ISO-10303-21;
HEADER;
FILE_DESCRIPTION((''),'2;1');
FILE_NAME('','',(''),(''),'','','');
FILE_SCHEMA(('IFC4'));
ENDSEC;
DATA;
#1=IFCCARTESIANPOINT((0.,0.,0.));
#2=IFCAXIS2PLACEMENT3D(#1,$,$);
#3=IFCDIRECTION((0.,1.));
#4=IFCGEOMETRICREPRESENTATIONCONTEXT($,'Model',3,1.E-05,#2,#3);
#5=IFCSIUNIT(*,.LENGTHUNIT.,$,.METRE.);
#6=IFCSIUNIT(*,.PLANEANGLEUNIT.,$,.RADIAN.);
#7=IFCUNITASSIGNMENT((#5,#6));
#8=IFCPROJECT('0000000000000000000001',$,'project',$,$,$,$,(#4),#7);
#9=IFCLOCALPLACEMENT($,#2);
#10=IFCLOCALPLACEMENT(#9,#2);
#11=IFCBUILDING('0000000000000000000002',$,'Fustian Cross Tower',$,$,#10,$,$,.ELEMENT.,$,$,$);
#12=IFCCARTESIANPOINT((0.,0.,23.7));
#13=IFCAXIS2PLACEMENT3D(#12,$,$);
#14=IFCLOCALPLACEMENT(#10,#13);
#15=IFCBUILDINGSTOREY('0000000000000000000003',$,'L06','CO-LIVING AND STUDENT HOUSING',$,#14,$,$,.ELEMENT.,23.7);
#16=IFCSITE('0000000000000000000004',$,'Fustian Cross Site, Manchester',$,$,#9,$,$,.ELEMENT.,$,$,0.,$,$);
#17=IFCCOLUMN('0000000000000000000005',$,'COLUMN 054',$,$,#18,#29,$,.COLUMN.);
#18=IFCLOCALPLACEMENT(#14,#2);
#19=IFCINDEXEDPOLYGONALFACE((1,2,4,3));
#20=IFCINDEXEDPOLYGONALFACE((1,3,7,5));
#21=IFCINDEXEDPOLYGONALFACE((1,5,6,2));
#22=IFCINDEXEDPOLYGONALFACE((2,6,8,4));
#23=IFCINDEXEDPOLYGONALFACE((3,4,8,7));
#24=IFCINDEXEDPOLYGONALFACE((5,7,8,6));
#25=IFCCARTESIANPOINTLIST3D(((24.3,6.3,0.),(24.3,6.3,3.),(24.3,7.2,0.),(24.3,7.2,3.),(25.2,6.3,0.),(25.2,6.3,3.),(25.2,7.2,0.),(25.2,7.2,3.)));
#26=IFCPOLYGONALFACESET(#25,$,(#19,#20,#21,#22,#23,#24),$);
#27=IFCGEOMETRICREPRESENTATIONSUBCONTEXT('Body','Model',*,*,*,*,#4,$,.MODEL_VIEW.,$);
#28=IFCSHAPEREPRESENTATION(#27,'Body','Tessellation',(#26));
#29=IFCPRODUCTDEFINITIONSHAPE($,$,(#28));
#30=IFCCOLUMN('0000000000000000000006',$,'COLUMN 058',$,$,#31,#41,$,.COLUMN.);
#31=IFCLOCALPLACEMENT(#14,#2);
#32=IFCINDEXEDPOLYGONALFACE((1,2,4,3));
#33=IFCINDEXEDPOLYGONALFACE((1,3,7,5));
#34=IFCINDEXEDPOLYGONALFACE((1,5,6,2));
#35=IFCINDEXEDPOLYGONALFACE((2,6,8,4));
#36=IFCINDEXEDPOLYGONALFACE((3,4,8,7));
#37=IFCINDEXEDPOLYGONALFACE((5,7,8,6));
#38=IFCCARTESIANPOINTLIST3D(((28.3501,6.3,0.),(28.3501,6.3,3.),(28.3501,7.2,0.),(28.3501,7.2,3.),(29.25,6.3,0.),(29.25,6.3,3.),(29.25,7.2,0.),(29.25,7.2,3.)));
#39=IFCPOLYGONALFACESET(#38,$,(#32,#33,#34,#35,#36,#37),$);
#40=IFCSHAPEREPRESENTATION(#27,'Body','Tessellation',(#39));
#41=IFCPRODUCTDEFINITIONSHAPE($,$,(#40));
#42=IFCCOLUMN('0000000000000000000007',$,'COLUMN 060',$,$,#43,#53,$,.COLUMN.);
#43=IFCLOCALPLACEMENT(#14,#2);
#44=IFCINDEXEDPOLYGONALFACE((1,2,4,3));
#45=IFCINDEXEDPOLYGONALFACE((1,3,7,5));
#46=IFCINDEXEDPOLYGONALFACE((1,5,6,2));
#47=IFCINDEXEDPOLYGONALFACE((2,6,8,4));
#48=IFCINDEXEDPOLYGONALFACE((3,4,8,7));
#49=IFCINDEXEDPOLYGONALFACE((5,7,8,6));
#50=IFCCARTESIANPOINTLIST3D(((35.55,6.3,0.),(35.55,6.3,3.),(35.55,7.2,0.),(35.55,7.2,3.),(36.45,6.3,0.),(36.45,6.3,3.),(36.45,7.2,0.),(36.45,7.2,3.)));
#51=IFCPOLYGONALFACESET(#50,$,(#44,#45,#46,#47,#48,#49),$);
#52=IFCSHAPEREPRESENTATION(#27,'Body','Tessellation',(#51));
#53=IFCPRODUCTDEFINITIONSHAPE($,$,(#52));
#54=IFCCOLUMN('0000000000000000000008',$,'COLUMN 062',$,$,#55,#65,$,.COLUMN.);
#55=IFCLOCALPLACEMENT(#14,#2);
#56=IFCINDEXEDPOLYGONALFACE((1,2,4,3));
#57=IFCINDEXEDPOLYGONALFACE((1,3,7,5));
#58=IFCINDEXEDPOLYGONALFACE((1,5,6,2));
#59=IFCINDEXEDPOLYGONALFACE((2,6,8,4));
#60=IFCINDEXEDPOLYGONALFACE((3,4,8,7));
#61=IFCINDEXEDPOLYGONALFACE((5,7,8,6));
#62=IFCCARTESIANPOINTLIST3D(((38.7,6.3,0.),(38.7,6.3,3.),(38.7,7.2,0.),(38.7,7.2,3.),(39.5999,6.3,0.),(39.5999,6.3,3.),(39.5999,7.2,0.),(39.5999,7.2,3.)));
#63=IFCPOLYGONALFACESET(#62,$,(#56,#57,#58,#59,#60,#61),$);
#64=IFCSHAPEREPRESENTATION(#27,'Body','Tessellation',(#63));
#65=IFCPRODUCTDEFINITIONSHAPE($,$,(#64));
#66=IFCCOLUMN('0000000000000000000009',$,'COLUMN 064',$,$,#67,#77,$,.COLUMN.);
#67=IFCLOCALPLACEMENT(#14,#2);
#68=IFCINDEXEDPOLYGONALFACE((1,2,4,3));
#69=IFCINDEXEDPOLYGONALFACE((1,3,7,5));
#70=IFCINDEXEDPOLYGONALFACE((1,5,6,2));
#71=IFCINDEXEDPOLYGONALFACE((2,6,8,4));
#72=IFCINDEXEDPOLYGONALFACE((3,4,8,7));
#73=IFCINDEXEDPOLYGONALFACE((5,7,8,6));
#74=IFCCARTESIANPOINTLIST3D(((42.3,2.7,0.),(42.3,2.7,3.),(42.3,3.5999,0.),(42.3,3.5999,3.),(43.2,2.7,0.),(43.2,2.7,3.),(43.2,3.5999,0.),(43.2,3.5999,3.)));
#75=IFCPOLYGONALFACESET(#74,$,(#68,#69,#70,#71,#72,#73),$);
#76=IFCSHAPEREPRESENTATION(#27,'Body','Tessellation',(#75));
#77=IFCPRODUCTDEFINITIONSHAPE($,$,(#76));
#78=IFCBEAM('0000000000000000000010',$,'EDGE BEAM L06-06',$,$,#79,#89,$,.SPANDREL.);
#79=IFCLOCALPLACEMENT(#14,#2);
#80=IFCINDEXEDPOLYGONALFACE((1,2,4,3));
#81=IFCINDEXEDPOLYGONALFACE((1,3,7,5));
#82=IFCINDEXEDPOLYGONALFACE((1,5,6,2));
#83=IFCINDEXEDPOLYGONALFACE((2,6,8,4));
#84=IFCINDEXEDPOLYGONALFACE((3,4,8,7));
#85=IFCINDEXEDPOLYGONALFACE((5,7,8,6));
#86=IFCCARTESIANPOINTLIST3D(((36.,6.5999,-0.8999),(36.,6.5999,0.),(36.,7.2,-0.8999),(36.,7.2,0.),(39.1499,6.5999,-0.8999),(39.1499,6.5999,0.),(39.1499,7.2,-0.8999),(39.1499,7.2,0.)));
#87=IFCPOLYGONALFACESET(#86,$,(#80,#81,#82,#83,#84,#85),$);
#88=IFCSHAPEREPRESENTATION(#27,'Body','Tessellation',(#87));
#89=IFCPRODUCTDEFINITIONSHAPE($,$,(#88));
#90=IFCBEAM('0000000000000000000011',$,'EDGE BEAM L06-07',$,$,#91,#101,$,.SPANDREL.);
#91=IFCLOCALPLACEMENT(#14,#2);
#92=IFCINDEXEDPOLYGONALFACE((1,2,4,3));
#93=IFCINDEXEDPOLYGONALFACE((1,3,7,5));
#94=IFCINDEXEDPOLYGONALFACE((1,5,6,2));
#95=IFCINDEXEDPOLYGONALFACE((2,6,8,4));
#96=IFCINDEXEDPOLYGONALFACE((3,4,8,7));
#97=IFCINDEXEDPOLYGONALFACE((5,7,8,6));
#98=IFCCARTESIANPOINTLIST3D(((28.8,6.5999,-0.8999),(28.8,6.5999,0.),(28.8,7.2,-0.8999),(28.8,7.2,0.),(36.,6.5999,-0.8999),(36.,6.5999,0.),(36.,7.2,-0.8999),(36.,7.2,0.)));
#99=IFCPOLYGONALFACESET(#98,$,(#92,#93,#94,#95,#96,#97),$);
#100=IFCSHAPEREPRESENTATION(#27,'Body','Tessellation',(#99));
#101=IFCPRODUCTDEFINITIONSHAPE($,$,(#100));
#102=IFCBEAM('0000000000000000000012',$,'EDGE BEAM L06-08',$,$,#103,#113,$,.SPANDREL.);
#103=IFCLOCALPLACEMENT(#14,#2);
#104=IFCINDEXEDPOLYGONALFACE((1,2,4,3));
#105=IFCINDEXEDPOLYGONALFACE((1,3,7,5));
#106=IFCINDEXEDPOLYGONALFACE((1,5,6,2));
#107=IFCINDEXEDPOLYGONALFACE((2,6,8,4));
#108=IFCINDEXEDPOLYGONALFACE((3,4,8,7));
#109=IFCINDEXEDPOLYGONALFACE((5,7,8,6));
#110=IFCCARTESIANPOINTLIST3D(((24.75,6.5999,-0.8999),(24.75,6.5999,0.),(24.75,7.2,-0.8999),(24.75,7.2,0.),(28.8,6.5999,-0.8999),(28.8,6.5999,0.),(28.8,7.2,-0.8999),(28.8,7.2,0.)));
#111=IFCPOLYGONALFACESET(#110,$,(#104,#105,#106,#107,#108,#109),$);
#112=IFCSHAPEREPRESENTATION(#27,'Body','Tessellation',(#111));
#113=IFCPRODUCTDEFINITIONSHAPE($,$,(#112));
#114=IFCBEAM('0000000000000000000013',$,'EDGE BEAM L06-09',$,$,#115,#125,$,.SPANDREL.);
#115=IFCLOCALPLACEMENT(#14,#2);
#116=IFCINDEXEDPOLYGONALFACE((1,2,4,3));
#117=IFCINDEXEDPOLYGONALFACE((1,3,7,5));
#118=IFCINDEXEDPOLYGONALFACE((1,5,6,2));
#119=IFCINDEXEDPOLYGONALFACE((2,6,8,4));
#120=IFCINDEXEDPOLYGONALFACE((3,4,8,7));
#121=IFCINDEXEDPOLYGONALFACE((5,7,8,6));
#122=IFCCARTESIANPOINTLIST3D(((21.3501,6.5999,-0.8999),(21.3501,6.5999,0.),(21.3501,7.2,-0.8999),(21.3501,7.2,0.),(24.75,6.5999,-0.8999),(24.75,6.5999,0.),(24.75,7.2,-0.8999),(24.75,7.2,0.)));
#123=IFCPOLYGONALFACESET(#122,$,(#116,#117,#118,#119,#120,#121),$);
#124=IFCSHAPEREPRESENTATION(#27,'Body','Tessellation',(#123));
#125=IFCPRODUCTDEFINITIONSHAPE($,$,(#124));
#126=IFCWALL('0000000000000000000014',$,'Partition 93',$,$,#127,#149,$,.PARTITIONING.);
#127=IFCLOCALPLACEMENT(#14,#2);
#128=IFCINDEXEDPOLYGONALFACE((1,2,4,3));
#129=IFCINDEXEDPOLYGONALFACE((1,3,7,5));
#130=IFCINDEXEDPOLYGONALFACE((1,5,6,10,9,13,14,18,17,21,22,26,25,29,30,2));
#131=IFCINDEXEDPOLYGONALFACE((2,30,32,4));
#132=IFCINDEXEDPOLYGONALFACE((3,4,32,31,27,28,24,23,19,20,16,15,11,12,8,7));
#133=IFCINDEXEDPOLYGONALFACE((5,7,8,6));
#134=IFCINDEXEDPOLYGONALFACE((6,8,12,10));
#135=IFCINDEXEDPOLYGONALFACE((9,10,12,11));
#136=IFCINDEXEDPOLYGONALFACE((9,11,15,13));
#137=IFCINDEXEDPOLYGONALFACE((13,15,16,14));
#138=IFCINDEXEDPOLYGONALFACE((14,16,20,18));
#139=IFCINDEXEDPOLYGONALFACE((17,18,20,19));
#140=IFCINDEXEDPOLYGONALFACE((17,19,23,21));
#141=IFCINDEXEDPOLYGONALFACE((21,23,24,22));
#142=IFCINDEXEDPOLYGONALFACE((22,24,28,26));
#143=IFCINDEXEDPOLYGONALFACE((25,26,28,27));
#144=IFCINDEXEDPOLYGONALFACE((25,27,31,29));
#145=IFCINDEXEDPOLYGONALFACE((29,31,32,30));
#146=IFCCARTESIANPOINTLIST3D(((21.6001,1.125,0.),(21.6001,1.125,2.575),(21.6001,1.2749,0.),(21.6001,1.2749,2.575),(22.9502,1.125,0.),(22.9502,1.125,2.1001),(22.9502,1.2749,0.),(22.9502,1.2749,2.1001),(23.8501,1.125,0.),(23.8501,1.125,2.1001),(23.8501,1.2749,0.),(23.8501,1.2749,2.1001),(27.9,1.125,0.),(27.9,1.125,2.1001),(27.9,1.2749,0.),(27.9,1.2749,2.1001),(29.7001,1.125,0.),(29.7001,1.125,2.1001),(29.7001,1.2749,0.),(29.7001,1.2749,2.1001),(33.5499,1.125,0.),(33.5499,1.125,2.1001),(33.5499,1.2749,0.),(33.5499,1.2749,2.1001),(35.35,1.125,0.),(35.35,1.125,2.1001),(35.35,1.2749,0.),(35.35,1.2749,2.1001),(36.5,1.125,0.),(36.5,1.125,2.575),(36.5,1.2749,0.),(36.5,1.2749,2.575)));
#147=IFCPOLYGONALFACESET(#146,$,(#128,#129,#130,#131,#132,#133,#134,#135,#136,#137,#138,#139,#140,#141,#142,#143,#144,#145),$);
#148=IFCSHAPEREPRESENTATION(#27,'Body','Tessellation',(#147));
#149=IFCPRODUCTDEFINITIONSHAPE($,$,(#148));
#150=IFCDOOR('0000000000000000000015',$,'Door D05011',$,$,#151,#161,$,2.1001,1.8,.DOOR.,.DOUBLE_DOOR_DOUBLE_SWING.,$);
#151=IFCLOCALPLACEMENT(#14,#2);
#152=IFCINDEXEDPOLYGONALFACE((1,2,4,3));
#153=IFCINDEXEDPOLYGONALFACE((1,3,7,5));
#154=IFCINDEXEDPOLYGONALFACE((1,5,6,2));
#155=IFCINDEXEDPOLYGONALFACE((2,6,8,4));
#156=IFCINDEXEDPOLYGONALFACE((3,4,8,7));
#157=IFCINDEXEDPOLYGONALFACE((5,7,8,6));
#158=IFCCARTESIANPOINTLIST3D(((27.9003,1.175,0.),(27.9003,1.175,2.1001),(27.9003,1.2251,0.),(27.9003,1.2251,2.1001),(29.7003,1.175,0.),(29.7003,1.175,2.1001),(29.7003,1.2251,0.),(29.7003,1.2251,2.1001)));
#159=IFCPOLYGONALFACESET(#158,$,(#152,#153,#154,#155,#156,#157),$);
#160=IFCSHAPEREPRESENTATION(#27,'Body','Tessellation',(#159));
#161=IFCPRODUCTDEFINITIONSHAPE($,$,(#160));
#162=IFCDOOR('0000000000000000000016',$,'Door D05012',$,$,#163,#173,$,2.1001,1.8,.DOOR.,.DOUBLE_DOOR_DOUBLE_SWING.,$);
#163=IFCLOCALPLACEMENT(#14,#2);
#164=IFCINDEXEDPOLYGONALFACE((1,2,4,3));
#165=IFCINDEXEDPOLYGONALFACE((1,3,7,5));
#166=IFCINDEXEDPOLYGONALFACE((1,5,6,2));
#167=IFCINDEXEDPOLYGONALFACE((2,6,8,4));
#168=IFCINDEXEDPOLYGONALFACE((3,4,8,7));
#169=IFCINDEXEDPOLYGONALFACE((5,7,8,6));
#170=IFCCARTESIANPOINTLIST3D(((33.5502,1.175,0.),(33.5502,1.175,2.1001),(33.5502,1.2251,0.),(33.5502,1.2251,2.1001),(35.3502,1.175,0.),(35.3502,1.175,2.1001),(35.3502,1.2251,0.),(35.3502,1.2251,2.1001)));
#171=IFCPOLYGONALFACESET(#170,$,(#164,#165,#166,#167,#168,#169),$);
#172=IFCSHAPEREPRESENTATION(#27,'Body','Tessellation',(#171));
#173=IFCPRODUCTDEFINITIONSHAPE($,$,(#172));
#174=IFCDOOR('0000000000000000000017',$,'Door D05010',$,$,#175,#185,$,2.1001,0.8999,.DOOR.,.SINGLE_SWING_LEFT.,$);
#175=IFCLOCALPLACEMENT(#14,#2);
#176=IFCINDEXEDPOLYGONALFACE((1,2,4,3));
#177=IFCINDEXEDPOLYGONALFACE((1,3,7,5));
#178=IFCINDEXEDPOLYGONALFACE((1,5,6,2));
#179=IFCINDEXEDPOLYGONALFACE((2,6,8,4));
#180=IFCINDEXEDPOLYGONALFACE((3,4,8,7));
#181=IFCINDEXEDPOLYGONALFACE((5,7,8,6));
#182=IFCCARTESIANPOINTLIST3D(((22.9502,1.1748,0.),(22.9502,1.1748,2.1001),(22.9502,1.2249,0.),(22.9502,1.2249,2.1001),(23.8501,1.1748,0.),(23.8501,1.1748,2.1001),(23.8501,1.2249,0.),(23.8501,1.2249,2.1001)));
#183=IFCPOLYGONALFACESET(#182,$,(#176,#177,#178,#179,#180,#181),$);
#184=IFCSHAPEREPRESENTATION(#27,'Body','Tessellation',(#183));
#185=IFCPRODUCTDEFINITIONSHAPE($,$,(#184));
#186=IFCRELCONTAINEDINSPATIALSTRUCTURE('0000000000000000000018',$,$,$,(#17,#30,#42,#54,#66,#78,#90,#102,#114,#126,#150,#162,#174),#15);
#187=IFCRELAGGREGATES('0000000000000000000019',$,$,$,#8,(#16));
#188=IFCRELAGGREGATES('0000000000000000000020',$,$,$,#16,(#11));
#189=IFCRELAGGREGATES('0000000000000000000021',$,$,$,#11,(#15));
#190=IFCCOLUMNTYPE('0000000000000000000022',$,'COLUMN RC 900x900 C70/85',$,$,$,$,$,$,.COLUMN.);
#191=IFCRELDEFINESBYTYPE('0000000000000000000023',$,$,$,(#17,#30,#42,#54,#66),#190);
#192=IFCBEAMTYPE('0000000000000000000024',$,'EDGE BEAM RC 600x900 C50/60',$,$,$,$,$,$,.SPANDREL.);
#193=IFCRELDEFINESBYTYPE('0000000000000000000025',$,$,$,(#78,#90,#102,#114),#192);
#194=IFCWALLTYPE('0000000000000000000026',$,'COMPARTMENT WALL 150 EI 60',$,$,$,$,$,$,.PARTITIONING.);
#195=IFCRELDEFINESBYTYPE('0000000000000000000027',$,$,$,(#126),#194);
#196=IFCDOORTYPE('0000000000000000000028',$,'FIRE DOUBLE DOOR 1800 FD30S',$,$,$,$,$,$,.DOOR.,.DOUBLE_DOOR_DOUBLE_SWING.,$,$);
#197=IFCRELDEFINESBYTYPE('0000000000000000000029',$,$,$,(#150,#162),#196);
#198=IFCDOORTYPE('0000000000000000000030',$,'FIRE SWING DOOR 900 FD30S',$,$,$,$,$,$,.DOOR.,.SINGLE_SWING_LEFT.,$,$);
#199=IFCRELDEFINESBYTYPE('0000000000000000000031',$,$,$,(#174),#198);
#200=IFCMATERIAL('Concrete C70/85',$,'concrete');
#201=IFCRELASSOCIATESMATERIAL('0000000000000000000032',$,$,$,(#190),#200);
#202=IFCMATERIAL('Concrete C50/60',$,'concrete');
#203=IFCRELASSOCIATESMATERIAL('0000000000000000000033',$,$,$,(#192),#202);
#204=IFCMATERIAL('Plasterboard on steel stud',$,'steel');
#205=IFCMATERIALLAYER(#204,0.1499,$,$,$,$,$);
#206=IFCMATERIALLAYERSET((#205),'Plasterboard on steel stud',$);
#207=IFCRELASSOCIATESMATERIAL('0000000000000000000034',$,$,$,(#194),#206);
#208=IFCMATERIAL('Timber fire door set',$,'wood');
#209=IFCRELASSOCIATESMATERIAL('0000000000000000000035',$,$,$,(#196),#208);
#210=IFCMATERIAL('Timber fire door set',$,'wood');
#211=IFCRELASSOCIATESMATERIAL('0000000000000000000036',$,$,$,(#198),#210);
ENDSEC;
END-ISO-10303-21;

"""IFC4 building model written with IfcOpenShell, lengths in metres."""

from ifc_helpers import new_model, si_unit, direction, frame, frame_2d, origin, origin_2d, place, context, subcontext, project, spatial, rectangle, extrude, material, layer, layer_set, material_profile, profile_set, type_object, element, fill, save


model = new_model("IFC4")

# Units and contexts
model_context = context("Model", 3, precision=1e-05, world=origin(), true_north=direction((0.0, 1.0)))
body_context = subcontext(model_context, "Body", "Model", "MODEL_VIEW")
ifc_project = project(units=[si_unit("LENGTHUNIT", "METRE"), si_unit("PLANEANGLEUNIT", "RADIAN")], contexts=[model_context])

# Site, building, storey
site_placement = place(None, origin())
site = spatial("IfcSite", under=ifc_project, at=site_placement, Name="Fustian Cross Site, Manchester", CompositionType="ELEMENT", RefElevation=0.0)
building_placement = place(site_placement, origin())
building = spatial("IfcBuilding", under=site, at=building_placement, Name="Fustian Cross Tower", CompositionType="ELEMENT")
storey_placement = place(building_placement, frame((0.0, 0.0, 23.7)))
storey = spatial("IfcBuildingStorey", under=building, at=storey_placement, Name="L06", Description="CO-LIVING AND STUDENT HOUSING", CompositionType="ELEMENT", Elevation=23.7)

# Columns
ifc_material_1 = material(Name="Concrete C70/85", Category="concrete")
ifc_material_profile_1 = material_profile(ifc_material_1, rectangle(XDim=0.8999, YDim=0.8999, at=origin_2d()), Name="RC 900x900")
ifc_profile_set_1 = profile_set([ifc_material_profile_1], Name="Concrete C70/85")
column_type = type_object("IfcColumnType", Name="COLUMN RC 900x900 C70/85", PredefinedType="COLUMN", material=ifc_profile_set_1)
for number, where, z_axis, x_axis, name in (
    (1, (24.75, 6.75, 0.0), (0.0, 0.0, 1.0), (1.0, 0.0, 0.0), "COLUMN 054"),
    (2, (28.8, 6.75, 0.0), (0.0, 0.0, 1.0), (1.0, 0.0, 0.0), "COLUMN 058"),
    (3, (36.0, 6.75, 0.0), (0.0, 0.0, 1.0), (1.0, 0.0, 0.0), "COLUMN 060"),
    (4, (39.1499, 6.75, 0.0), (0.0, 0.0, 1.0), (1.0, 0.0, 0.0), "COLUMN 062"),
    (5, (42.75, 3.1499, 0.0), (0.0, 0.0, 1.0), (1.0, 0.0, 0.0), "COLUMN 064"),
):
    element("IfcColumn", number, at=place(storey_placement, frame(where, z_axis=z_axis, x_axis=x_axis)), inside=storey, type_object=column_type, Name=name, PredefinedType="COLUMN", context=body_context, shape_type="SweptSolid", body=[
        extrude(rectangle(XDim=0.8999, YDim=0.8999, at=origin_2d()), origin(), (0.0, 0.0, 1.0), 3.0),
    ])

# Beams
ifc_material_2 = material(Name="Concrete C50/60", Category="concrete")
ifc_material_profile_2 = material_profile(ifc_material_2, rectangle(XDim=0.6001, YDim=0.8999, at=origin_2d()), Name="RC 600x900")
ifc_profile_set_2 = profile_set([ifc_material_profile_2], Name="Concrete C50/60")
beam_type = type_object("IfcBeamType", Name="EDGE BEAM RC 600x900 C50/60", PredefinedType="SPANDREL", material=ifc_profile_set_2)
beam_1_placement = place(storey_placement, frame((39.1499, 6.8999, -0.45), z_axis=(-1.0, 0.0, 0.0), x_axis=(0.0, -1.0, 0.0)))
element("IfcBeam", 6, at=beam_1_placement, inside=storey, type_object=beam_type, Name="EDGE BEAM L06-06", PredefinedType="SPANDREL", context=body_context, shape_type="SweptSolid", body=[
    extrude(rectangle(XDim=0.6001, YDim=0.8999, at=origin_2d()), origin(), (0.0, 0.0, 1.0), 3.1499),
])
beam_2_placement = place(storey_placement, frame((36.0, 6.8999, -0.45), z_axis=(-1.0, 0.0, 0.0), x_axis=(0.0, -1.0, 0.0)))
element("IfcBeam", 7, at=beam_2_placement, inside=storey, type_object=beam_type, Name="EDGE BEAM L06-07", PredefinedType="SPANDREL", context=body_context, shape_type="SweptSolid", body=[
    extrude(rectangle(XDim=0.6001, YDim=0.8999, at=origin_2d()), origin(), (0.0, 0.0, 1.0), 7.2),
])
beam_3_placement = place(storey_placement, frame((28.8, 6.8999, -0.45), z_axis=(-1.0, 0.0, 0.0), x_axis=(0.0, -1.0, 0.0)))
element("IfcBeam", 8, at=beam_3_placement, inside=storey, type_object=beam_type, Name="EDGE BEAM L06-08", PredefinedType="SPANDREL", context=body_context, shape_type="SweptSolid", body=[
    extrude(rectangle(XDim=0.6001, YDim=0.8999, at=origin_2d()), origin(), (0.0, 0.0, 1.0), 4.05),
])
beam_4_placement = place(storey_placement, frame((24.75, 6.8999, -0.45), z_axis=(-1.0, 0.0, 0.0), x_axis=(0.0, -1.0, 0.0)))
element("IfcBeam", 9, at=beam_4_placement, inside=storey, type_object=beam_type, Name="EDGE BEAM L06-09", PredefinedType="SPANDREL", context=body_context, shape_type="SweptSolid", body=[
    extrude(rectangle(XDim=0.6001, YDim=0.8999, at=origin_2d()), origin(), (0.0, 0.0, 1.0), 3.3999),
])

# Wall, openings, doors
ifc_material_3 = material(Name="Plasterboard on steel stud", Category="steel")
ifc_layer_1 = layer(ifc_material_3, 0.1499)
ifc_layer_set_1 = layer_set([ifc_layer_1], Name="Plasterboard on steel stud")
wall_type_1 = type_object("IfcWallType", Name="COMPARTMENT WALL 150 EI 60", PredefinedType="PARTITIONING", material=ifc_layer_set_1)
wall_1_placement = place(storey_placement, frame((21.6001, 1.2, 0.0), z_axis=(0.0, 0.0, 1.0), x_axis=(1.0, 0.0, 0.0)))
wall_1 = element("IfcWall", 10, at=wall_1_placement, inside=storey, type_object=wall_type_1, Name="Partition 93", PredefinedType="PARTITIONING", context=body_context, shape_type="SweptSolid", body=[
    extrude(rectangle(XDim=14.8999, YDim=0.1499, at=frame_2d((7.45, 0.0))), origin(), (0.0, 0.0, 1.0), 2.575),
])
opening_1_placement = place(wall_1_placement, frame((1.3501, 0.0, 0.0)))
opening_1 = element("IfcOpeningElement", 11, at=opening_1_placement, cuts=wall_1, PredefinedType="OPENING", context=body_context, shape_type="SweptSolid", body=[
    extrude(rectangle(XDim=0.8999, YDim=2.1001, at=frame_2d((0.45, 1.05))), frame((0.0, 0.085, 0.0), z_axis=(0.0, -1.0, 0.0), x_axis=(1.0, 0.0, 0.0)), (0.0, 0.0, 1.0), 0.1699),
])
opening_2_placement = place(wall_1_placement, frame((6.3, 0.0, 0.0)))
opening_2 = element("IfcOpeningElement", 12, at=opening_2_placement, cuts=wall_1, PredefinedType="OPENING", context=body_context, shape_type="SweptSolid", body=[
    extrude(rectangle(XDim=1.8, YDim=2.1001, at=frame_2d((0.8999, 1.05))), frame((0.0, 0.085, 0.0), z_axis=(0.0, -1.0, 0.0), x_axis=(1.0, 0.0, 0.0)), (0.0, 0.0, 1.0), 0.1699),
])
opening_3_placement = place(wall_1_placement, frame((11.95, 0.0, 0.0)))
opening_3 = element("IfcOpeningElement", 13, at=opening_3_placement, cuts=wall_1, PredefinedType="OPENING", context=body_context, shape_type="SweptSolid", body=[
    extrude(rectangle(XDim=1.8, YDim=2.1001, at=frame_2d((0.8999, 1.05))), frame((0.0, 0.085, 0.0), z_axis=(0.0, -1.0, 0.0), x_axis=(1.0, 0.0, 0.0)), (0.0, 0.0, 1.0), 0.1699),
])
ifc_material_4 = material(Name="Timber fire door set", Category="wood")
door_type_1 = type_object("IfcDoorType", Name="FIRE DOUBLE DOOR 1800 FD30S", OperationType="DOUBLE_DOOR_DOUBLE_SWING", PredefinedType="DOOR", material=ifc_material_4)
door_1_placement = place(opening_2_placement, frame((1.8, 0.0, 0.0), z_axis=(0.0, 0.0, 1.0), x_axis=(-1.0, 0.0, 0.0)))
door_1 = element("IfcDoor", 14, at=door_1_placement, inside=storey, type_object=door_type_1, Name="Door D05011", OperationType="DOUBLE_DOOR_DOUBLE_SWING", OverallHeight=2.1001, OverallWidth=1.8, PredefinedType="DOOR", context=body_context, shape_type="SweptSolid", body=[
    extrude(rectangle(XDim=1.8, YDim=2.1001, at=frame_2d((0.8999, 1.05))), frame((0.0, 0.0249, 0.0), z_axis=(0.0, -1.0, 0.0), x_axis=(1.0, 0.0, 0.0)), (0.0, 0.0, 1.0), 0.05),
])
fill(opening_2, door_1)
door_2_placement = place(opening_3_placement, frame((1.8, 0.0, 0.0), z_axis=(0.0, 0.0, 1.0), x_axis=(-1.0, 0.0, 0.0)))
door_2 = element("IfcDoor", 15, at=door_2_placement, inside=storey, type_object=door_type_1, Name="Door D05012", OperationType="DOUBLE_DOOR_DOUBLE_SWING", OverallHeight=2.1001, OverallWidth=1.8, PredefinedType="DOOR", context=body_context, shape_type="SweptSolid", body=[
    extrude(rectangle(XDim=1.8, YDim=2.1001, at=frame_2d((0.8999, 1.05))), frame((0.0, 0.0249, 0.0), z_axis=(0.0, -1.0, 0.0), x_axis=(1.0, 0.0, 0.0)), (0.0, 0.0, 1.0), 0.05),
])
fill(opening_3, door_2)
ifc_material_5 = material(Name="Timber fire door set", Category="wood")
door_type_2 = type_object("IfcDoorType", Name="FIRE SWING DOOR 900 FD30S", OperationType="SINGLE_SWING_LEFT", PredefinedType="DOOR", material=ifc_material_5)
door_3_placement = place(opening_1_placement, origin())
door_3 = element("IfcDoor", 16, at=door_3_placement, inside=storey, type_object=door_type_2, Name="Door D05010", OperationType="SINGLE_SWING_LEFT", OverallHeight=2.1001, OverallWidth=0.8999, PredefinedType="DOOR", context=body_context, shape_type="SweptSolid", body=[
    extrude(rectangle(XDim=0.8999, YDim=2.1001, at=frame_2d((0.45, 1.05))), frame((0.0, 0.0249, 0.0), z_axis=(0.0, -1.0, 0.0), x_axis=(1.0, 0.0, 0.0)), (0.0, 0.0, 1.0), 0.05),
])
fill(opening_1, door_3)

save(model, "model.ifc")
